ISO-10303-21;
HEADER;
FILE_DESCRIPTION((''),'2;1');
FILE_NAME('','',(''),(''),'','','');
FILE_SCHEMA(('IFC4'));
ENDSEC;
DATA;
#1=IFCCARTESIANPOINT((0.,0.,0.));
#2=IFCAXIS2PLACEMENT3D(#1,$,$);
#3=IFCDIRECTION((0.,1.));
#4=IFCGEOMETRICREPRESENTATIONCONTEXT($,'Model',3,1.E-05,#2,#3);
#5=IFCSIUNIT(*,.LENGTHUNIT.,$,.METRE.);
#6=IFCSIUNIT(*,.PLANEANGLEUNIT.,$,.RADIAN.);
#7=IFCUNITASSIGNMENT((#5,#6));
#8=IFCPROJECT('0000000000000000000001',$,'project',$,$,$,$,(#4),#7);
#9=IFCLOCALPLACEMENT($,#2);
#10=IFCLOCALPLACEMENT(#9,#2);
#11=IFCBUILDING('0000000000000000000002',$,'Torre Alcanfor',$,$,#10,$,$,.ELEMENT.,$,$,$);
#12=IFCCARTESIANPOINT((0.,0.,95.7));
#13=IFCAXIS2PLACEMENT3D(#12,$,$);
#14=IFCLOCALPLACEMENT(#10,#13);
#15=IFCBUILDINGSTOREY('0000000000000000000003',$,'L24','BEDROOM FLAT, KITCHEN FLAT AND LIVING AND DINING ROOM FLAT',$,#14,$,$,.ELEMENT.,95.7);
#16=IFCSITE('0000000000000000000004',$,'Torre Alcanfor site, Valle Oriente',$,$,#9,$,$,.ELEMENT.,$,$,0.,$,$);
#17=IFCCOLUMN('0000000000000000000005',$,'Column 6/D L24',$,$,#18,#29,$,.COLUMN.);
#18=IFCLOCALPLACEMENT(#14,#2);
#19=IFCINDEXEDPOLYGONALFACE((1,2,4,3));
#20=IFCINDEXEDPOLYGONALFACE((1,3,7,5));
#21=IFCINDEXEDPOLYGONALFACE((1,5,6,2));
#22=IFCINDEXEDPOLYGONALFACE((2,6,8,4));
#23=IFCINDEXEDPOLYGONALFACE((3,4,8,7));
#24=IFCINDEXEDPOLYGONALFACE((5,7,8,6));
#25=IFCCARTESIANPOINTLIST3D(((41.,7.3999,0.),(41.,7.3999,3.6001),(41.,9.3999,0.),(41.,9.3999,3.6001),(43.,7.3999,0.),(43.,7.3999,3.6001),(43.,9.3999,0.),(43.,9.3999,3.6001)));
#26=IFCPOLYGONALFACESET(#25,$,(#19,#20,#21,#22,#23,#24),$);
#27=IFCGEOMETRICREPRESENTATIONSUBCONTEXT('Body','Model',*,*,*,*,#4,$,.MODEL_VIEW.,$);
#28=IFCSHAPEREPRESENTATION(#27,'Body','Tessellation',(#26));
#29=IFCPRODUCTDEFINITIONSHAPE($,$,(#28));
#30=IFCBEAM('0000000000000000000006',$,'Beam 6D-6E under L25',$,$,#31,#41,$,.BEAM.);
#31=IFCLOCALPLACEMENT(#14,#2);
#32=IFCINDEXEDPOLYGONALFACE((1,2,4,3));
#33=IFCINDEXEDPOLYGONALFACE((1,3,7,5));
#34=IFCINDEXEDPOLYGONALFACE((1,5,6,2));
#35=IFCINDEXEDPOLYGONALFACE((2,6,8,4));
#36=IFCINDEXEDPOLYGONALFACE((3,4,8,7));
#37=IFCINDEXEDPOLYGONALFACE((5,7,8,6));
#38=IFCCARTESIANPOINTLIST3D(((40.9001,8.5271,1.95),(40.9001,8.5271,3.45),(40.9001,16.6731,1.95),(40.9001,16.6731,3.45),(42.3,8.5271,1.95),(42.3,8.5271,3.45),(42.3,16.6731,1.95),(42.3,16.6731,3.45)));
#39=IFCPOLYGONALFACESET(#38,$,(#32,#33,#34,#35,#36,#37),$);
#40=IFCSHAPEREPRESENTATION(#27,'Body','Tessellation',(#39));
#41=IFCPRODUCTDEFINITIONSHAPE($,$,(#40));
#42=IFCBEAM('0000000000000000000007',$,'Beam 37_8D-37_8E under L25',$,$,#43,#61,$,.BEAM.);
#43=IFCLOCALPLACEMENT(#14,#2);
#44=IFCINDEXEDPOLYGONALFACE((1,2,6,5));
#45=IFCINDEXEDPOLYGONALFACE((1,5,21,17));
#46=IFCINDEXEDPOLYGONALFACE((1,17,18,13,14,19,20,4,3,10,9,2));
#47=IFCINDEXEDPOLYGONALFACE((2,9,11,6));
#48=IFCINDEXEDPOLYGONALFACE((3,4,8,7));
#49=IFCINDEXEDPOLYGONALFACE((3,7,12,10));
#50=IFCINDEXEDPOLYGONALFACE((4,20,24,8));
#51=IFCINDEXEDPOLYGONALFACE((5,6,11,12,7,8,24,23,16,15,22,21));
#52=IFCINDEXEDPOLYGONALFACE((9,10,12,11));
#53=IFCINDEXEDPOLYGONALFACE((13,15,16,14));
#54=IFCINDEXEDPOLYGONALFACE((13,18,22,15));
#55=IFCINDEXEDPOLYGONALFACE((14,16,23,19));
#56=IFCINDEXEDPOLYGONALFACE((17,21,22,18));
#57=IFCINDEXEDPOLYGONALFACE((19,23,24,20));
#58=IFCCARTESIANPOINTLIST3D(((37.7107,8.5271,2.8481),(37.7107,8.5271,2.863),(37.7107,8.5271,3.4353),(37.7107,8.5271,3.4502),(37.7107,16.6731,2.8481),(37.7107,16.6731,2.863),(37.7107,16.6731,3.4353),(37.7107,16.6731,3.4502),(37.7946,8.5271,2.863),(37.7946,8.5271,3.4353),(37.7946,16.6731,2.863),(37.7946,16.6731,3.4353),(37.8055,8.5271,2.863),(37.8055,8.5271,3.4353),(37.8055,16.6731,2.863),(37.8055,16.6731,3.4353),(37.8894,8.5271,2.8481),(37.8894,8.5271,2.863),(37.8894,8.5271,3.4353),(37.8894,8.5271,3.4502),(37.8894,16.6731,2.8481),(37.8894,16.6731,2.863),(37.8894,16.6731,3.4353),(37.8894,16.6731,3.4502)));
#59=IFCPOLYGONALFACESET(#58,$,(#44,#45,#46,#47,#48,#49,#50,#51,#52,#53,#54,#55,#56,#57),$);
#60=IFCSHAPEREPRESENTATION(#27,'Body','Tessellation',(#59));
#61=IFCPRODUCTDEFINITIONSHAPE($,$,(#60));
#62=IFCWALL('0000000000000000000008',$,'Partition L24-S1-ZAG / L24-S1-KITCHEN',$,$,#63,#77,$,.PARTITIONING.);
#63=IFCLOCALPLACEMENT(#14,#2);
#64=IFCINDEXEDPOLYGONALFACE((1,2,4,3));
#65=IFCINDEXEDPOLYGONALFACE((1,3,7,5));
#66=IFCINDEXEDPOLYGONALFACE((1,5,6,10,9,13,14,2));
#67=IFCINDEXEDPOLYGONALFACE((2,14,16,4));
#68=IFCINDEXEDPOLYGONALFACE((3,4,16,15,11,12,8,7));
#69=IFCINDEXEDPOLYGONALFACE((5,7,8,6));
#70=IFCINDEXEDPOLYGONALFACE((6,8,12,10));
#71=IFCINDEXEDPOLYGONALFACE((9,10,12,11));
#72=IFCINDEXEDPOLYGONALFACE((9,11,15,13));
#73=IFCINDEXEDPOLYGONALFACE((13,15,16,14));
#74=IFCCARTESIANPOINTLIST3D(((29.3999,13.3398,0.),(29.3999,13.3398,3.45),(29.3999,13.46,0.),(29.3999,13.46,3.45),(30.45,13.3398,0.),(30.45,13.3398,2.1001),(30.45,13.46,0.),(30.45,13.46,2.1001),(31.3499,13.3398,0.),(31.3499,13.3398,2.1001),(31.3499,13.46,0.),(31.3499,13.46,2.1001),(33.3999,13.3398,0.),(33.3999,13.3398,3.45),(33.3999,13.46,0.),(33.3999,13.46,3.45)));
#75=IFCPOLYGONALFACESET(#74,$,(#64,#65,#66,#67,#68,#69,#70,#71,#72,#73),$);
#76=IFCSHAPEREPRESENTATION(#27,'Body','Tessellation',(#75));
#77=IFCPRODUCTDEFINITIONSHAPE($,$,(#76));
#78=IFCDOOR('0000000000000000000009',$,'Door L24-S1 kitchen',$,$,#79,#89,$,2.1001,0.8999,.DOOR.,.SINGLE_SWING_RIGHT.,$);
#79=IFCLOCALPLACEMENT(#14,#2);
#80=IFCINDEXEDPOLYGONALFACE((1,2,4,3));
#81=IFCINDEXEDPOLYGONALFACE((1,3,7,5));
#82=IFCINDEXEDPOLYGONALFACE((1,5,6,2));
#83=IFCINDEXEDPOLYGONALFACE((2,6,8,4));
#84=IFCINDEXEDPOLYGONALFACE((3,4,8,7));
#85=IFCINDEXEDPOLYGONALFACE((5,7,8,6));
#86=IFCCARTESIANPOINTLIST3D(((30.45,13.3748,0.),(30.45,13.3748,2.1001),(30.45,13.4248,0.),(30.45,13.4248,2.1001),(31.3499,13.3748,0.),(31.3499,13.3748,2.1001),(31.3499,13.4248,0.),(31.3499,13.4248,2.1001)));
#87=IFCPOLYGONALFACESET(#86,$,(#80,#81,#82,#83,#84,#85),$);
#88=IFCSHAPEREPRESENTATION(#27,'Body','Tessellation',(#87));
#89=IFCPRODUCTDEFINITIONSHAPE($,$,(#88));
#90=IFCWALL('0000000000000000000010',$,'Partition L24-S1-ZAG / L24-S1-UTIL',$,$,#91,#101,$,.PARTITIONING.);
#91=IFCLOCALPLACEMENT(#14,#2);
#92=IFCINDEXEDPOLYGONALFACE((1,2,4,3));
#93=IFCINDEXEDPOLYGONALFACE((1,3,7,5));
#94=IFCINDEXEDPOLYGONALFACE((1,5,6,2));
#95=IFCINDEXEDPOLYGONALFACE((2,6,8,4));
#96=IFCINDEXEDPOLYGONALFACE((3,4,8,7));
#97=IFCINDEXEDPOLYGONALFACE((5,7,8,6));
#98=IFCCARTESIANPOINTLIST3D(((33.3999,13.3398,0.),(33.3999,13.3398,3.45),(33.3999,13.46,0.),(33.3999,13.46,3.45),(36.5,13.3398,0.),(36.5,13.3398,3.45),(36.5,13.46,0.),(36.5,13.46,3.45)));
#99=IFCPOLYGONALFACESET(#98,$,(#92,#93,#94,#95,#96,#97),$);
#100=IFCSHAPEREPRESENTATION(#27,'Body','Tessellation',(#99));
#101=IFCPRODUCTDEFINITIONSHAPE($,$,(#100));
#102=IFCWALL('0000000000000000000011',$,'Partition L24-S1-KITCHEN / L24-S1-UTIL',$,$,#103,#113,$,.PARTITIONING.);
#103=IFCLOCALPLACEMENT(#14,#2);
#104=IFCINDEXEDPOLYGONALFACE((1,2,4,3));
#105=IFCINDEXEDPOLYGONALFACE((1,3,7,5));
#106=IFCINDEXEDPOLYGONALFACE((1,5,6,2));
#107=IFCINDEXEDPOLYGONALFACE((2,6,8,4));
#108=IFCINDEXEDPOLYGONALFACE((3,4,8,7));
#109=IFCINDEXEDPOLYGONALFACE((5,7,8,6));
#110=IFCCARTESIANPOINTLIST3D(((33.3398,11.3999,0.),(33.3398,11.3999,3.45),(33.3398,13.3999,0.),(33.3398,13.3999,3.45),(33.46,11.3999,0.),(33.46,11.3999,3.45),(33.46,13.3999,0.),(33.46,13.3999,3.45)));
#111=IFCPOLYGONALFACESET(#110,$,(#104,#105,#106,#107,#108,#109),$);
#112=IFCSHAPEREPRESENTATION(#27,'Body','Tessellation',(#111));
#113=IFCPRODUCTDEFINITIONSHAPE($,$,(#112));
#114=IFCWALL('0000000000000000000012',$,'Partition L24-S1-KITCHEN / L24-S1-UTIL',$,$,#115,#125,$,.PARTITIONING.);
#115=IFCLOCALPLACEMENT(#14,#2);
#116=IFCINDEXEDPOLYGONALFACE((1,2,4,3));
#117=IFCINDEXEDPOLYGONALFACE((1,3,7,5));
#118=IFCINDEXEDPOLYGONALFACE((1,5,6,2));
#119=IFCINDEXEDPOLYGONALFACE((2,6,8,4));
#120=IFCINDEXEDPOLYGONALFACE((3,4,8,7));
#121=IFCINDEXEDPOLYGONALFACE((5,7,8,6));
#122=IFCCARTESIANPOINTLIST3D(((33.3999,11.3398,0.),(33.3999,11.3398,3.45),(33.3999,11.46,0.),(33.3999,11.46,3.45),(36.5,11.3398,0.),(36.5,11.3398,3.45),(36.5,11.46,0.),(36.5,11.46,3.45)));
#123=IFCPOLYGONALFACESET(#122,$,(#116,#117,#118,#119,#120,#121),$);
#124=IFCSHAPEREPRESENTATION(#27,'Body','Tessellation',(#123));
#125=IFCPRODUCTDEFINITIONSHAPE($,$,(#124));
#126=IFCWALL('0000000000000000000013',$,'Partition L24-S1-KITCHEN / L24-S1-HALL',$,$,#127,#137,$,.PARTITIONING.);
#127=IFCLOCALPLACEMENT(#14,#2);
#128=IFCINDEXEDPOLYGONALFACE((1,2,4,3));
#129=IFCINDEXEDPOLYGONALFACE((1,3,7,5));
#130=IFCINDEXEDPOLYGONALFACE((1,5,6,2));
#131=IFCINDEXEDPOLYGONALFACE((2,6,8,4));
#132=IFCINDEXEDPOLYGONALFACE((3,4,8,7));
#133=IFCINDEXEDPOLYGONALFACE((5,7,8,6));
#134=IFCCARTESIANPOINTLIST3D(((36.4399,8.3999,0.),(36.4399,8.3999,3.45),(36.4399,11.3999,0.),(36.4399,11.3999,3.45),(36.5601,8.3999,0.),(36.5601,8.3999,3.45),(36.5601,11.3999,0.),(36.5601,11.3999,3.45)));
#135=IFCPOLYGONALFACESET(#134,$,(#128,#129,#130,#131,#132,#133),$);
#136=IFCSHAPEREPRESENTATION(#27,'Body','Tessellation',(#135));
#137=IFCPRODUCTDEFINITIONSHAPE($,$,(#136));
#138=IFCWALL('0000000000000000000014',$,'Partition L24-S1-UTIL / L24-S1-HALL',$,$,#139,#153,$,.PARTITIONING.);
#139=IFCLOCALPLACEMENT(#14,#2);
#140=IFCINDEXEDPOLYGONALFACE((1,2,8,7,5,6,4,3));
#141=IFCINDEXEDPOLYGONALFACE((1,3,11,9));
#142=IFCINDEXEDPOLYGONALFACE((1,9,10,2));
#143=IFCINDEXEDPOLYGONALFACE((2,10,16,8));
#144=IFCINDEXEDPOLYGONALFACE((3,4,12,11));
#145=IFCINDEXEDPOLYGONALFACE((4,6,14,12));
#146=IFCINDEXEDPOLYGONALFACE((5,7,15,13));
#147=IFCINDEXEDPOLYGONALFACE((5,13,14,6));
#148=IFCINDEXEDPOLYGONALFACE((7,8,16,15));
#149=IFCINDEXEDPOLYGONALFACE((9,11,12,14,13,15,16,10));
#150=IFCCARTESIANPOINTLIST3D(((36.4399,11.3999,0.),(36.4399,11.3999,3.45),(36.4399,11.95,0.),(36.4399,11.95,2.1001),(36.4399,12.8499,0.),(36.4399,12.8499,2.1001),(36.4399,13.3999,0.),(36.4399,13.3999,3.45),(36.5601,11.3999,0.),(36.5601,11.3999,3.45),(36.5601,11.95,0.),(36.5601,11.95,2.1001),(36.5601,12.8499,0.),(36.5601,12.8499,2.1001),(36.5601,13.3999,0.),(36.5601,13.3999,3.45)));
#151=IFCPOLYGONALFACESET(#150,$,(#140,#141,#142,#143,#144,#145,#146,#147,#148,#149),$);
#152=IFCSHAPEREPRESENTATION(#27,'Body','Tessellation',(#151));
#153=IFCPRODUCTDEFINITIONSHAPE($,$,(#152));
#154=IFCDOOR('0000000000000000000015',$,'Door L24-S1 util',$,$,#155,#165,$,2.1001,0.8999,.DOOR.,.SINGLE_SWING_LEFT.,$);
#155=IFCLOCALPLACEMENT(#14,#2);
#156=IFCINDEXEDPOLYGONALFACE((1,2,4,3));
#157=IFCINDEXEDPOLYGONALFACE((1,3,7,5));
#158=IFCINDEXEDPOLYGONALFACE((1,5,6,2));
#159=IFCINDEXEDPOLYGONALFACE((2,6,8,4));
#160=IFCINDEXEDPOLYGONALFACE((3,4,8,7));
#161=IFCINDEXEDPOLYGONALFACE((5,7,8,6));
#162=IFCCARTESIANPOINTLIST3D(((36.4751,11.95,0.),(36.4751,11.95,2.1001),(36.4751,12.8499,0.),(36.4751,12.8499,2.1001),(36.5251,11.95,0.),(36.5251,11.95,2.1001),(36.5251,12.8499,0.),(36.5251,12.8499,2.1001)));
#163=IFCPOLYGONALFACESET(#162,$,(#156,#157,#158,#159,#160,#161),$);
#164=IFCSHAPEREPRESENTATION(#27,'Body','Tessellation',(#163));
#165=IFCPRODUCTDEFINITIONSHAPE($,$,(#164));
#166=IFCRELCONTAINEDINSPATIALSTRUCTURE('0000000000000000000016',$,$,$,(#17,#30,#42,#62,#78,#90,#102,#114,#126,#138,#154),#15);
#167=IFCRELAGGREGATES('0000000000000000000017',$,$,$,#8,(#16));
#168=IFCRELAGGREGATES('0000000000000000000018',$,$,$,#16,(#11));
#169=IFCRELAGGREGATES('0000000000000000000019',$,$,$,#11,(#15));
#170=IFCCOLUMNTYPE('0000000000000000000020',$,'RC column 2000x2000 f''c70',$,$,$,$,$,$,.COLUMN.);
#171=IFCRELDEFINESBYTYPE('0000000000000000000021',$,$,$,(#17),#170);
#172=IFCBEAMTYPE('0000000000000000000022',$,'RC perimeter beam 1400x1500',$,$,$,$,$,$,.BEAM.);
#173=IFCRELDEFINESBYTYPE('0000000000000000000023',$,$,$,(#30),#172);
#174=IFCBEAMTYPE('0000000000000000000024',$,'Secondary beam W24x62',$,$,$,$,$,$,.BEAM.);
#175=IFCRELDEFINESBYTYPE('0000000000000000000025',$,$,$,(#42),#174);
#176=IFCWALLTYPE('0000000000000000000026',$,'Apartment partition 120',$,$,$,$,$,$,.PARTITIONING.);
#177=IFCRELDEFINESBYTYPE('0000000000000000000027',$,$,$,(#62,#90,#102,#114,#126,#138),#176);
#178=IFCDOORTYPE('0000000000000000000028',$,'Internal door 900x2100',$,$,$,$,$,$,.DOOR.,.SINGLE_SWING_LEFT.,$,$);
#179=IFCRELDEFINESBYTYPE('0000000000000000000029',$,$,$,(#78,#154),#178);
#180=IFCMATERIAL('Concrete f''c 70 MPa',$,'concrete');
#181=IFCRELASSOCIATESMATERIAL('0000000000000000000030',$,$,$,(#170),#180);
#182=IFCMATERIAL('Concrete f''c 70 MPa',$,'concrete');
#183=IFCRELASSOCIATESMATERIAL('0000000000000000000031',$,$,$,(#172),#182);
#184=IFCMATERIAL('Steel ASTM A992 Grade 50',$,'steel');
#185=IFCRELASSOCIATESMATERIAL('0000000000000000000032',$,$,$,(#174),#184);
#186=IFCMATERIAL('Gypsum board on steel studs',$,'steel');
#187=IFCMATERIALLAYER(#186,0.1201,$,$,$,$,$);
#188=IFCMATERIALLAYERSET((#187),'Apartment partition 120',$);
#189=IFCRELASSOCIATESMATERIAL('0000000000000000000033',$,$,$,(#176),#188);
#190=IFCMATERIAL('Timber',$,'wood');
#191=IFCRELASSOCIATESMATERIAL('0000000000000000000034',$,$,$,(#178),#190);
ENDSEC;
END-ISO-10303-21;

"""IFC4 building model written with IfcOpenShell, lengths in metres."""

from ifc_helpers import new_model, si_unit, direction, frame, frame_2d, origin, origin_2d, place, context, subcontext, project, spatial, rectangle, i_section, extrude, material, layer, layer_set, material_profile, profile_set, type_object, element, fill, save


model = new_model("IFC4")

# Units and contexts
model_context = context("Model", 3, precision=1e-05, world=origin(), true_north=direction((0.0, 1.0)))
body_context = subcontext(model_context, "Body", "Model", "MODEL_VIEW")
ifc_project = project(units=[si_unit("LENGTHUNIT", "METRE"), si_unit("PLANEANGLEUNIT", "RADIAN")], contexts=[model_context])

# Site, building, storey
site_placement = place(None, origin())
site = spatial("IfcSite", under=ifc_project, at=site_placement, Name="Torre Alcanfor site, Valle Oriente", CompositionType="ELEMENT", RefElevation=0.0)
building_placement = place(site_placement, origin())
building = spatial("IfcBuilding", under=site, at=building_placement, Name="Torre Alcanfor", CompositionType="ELEMENT")
storey_placement = place(building_placement, frame((0.0, 0.0, 95.7)))
storey = spatial("IfcBuildingStorey", under=building, at=storey_placement, Name="L24", Description="BEDROOM FLAT, KITCHEN FLAT AND LIVING AND DINING ROOM FLAT", CompositionType="ELEMENT", Elevation=95.7)

# Column
ifc_material_1 = material(Name="Concrete f'c 70 MPa", Category="concrete")
ifc_material_profile_1 = material_profile(ifc_material_1, rectangle(XDim=2.0, YDim=2.0, at=origin_2d()), Name="2000x2000")
ifc_profile_set_1 = profile_set([ifc_material_profile_1], Name="Concrete f'c 70 MPa")
column_type = type_object("IfcColumnType", Name="RC column 2000x2000 f'c70", PredefinedType="COLUMN", material=ifc_profile_set_1)
column_placement = place(storey_placement, frame((42.0, 8.3999, 0.0), z_axis=(0.0, 0.0, 1.0), x_axis=(1.0, 0.0, 0.0)))
element("IfcColumn", 1, at=column_placement, inside=storey, type_object=column_type, Name="Column 6/D L24", PredefinedType="COLUMN", context=body_context, shape_type="SweptSolid", body=[
    extrude(rectangle(XDim=2.0, YDim=2.0, at=origin_2d()), origin(), (0.0, 0.0, 1.0), 3.6001),
])

# Beams
ifc_material_2 = material(Name="Concrete f'c 70 MPa", Category="concrete")
ifc_material_profile_2 = material_profile(ifc_material_2, rectangle(XDim=1.3999, YDim=1.5, at=origin_2d()), Name="1400x1500")
ifc_profile_set_2 = profile_set([ifc_material_profile_2], Name="Concrete f'c 70 MPa")
beam_type_1 = type_object("IfcBeamType", Name="RC perimeter beam 1400x1500", PredefinedType="BEAM", material=ifc_profile_set_2)
beam_1_placement = place(storey_placement, frame((41.6001, 8.5271, 2.7), z_axis=(0.0, 1.0, 0.0), x_axis=(-1.0, 0.0, 0.0)))
element("IfcBeam", 2, at=beam_1_placement, inside=storey, type_object=beam_type_1, Name="Beam 6D-6E under L25", PredefinedType="BEAM", context=body_context, shape_type="SweptSolid", body=[
    extrude(rectangle(XDim=1.3999, YDim=1.5, at=origin_2d()), origin(), (0.0, 0.0, 1.0), 8.146),
])
ifc_material_3 = material(Name="Steel ASTM A992 Grade 50", Category="steel")
ifc_material_profile_3 = material_profile(ifc_material_3, i_section(OverallWidth=0.1787, OverallDepth=0.6021, WebThickness=0.011, FlangeThickness=0.0149, at=origin_2d()), Name="W24x62")
ifc_profile_set_3 = profile_set([ifc_material_profile_3], Name="Steel ASTM A992 Grade 50")
beam_type_2 = type_object("IfcBeamType", Name="Secondary beam W24x62", PredefinedType="BEAM", material=ifc_profile_set_3)
beam_2_placement = place(storey_placement, frame((37.8, 8.5271, 3.1492), z_axis=(0.0, 1.0, 0.0), x_axis=(-1.0, 0.0, 0.0)))
element("IfcBeam", 3, at=beam_2_placement, inside=storey, type_object=beam_type_2, Name="Beam 37_8D-37_8E under L25", PredefinedType="BEAM", context=body_context, shape_type="SweptSolid", body=[
    extrude(i_section(OverallWidth=0.1787, OverallDepth=0.6021, WebThickness=0.011, FlangeThickness=0.0149, at=origin_2d()), origin(), (0.0, 0.0, 1.0), 8.146),
])

# Wall, opening, door
ifc_material_4 = material(Name="Gypsum board on steel studs", Category="steel")
ifc_layer_1 = layer(ifc_material_4, 0.1201)
ifc_layer_set_1 = layer_set([ifc_layer_1], Name="Apartment partition 120")
wall_type_1 = type_object("IfcWallType", Name="Apartment partition 120", PredefinedType="PARTITIONING", material=ifc_layer_set_1)
wall_1_placement = place(storey_placement, frame((29.3999, 13.3999, 0.0), z_axis=(0.0, 0.0, 1.0), x_axis=(1.0, 0.0, 0.0)))
wall_1 = element("IfcWall", 4, at=wall_1_placement, inside=storey, type_object=wall_type_1, Name="Partition L24-S1-ZAG / L24-S1-KITCHEN", PredefinedType="PARTITIONING", context=body_context, shape_type="SweptSolid", body=[
    extrude(rectangle(XDim=4.0, YDim=0.1201, at=frame_2d((2.0, 0.0))), origin(), (0.0, 0.0, 1.0), 3.45),
])
opening_1_placement = place(wall_1_placement, frame((1.05, 0.0, 0.0)))
opening_1 = element("IfcOpeningElement", 5, at=opening_1_placement, cuts=wall_1, PredefinedType="OPENING", context=body_context, shape_type="SweptSolid", body=[
    extrude(rectangle(XDim=0.8999, YDim=2.1001, at=frame_2d((0.45, 1.05))), frame((0.0, 0.0701, 0.0), z_axis=(0.0, -1.0, 0.0), x_axis=(1.0, 0.0, 0.0)), (0.0, 0.0, 1.0), 0.1401),
])
ifc_material_5 = material(Name="Timber", Category="wood")
door_type_1 = type_object("IfcDoorType", Name="Internal door 900x2100", OperationType="SINGLE_SWING_LEFT", PredefinedType="DOOR", material=ifc_material_5)
door_1_placement = place(opening_1_placement, frame((0.8999, 0.0, 0.0), z_axis=(0.0, 0.0, 1.0), x_axis=(-1.0, 0.0, 0.0)))
door_1 = element("IfcDoor", 6, at=door_1_placement, inside=storey, type_object=door_type_1, Name="Door L24-S1 kitchen", OperationType="SINGLE_SWING_RIGHT", OverallHeight=2.1001, OverallWidth=0.8999, PredefinedType="DOOR", context=body_context, shape_type="SweptSolid", body=[
    extrude(rectangle(XDim=0.8999, YDim=2.1001, at=frame_2d((0.45, 1.05))), frame((0.0, 0.0251, 0.0), z_axis=(0.0, -1.0, 0.0), x_axis=(1.0, 0.0, 0.0)), (0.0, 0.0, 1.0), 0.05),
])
fill(opening_1, door_1)

# Walls
wall_2_placement = place(storey_placement, frame((33.3999, 13.3999, 0.0), z_axis=(0.0, 0.0, 1.0), x_axis=(1.0, 0.0, 0.0)))
element("IfcWall", 7, at=wall_2_placement, inside=storey, type_object=wall_type_1, Name="Partition L24-S1-ZAG / L24-S1-UTIL", PredefinedType="PARTITIONING", context=body_context, shape_type="SweptSolid", body=[
    extrude(rectangle(XDim=3.1001, YDim=0.1201, at=frame_2d((1.55, 0.0))), origin(), (0.0, 0.0, 1.0), 3.45),
])
wall_3_placement = place(storey_placement, frame((33.3999, 13.3999, 0.0), z_axis=(0.0, 0.0, 1.0), x_axis=(0.0, -1.0, 0.0)))
element("IfcWall", 8, at=wall_3_placement, inside=storey, type_object=wall_type_1, Name="Partition L24-S1-KITCHEN / L24-S1-UTIL", PredefinedType="PARTITIONING", context=body_context, shape_type="SweptSolid", body=[
    extrude(rectangle(XDim=2.0, YDim=0.1201, at=frame_2d((1.0, 0.0))), origin(), (0.0, 0.0, 1.0), 3.45),
])
wall_4_placement = place(storey_placement, frame((33.3999, 11.3999, 0.0), z_axis=(0.0, 0.0, 1.0), x_axis=(1.0, 0.0, 0.0)))
element("IfcWall", 9, at=wall_4_placement, inside=storey, type_object=wall_type_1, Name="Partition L24-S1-KITCHEN / L24-S1-UTIL", PredefinedType="PARTITIONING", context=body_context, shape_type="SweptSolid", body=[
    extrude(rectangle(XDim=3.1001, YDim=0.1201, at=frame_2d((1.55, 0.0))), origin(), (0.0, 0.0, 1.0), 3.45),
])
wall_5_placement = place(storey_placement, frame((36.5, 11.3999, 0.0), z_axis=(0.0, 0.0, 1.0), x_axis=(0.0, -1.0, 0.0)))
element("IfcWall", 10, at=wall_5_placement, inside=storey, type_object=wall_type_1, Name="Partition L24-S1-KITCHEN / L24-S1-HALL", PredefinedType="PARTITIONING", context=body_context, shape_type="SweptSolid", body=[
    extrude(rectangle(XDim=3.0, YDim=0.1201, at=frame_2d((1.5, 0.0))), origin(), (0.0, 0.0, 1.0), 3.45),
])

# Wall, opening, door
wall_6_placement = place(storey_placement, frame((36.5, 11.3999, 0.0), z_axis=(0.0, 0.0, 1.0), x_axis=(0.0, 1.0, 0.0)))
wall_6 = element("IfcWall", 11, at=wall_6_placement, inside=storey, type_object=wall_type_1, Name="Partition L24-S1-UTIL / L24-S1-HALL", PredefinedType="PARTITIONING", context=body_context, shape_type="SweptSolid", body=[
    extrude(rectangle(XDim=2.0, YDim=0.1201, at=frame_2d((1.0, 0.0))), origin(), (0.0, 0.0, 1.0), 3.45),
])
opening_2_placement = place(wall_6_placement, frame((0.55, 0.0, 0.0)))
opening_2 = element("IfcOpeningElement", 12, at=opening_2_placement, cuts=wall_6, PredefinedType="OPENING", context=body_context, shape_type="SweptSolid", body=[
    extrude(rectangle(XDim=0.8999, YDim=2.1001, at=frame_2d((0.45, 1.05))), frame((0.0, 0.0701, 0.0), z_axis=(0.0, -1.0, 0.0), x_axis=(1.0, 0.0, 0.0)), (0.0, 0.0, 1.0), 0.1401),
])
door_2_placement = place(opening_2_placement, origin())
door_2 = element("IfcDoor", 13, at=door_2_placement, inside=storey, type_object=door_type_1, Name="Door L24-S1 util", OperationType="SINGLE_SWING_LEFT", OverallHeight=2.1001, OverallWidth=0.8999, PredefinedType="DOOR", context=body_context, shape_type="SweptSolid", body=[
    extrude(rectangle(XDim=0.8999, YDim=2.1001, at=frame_2d((0.45, 1.05))), frame((0.0, 0.0249, 0.0), z_axis=(0.0, -1.0, 0.0), x_axis=(1.0, 0.0, 0.0)), (0.0, 0.0, 1.0), 0.05),
])
fill(opening_2, door_2)

save(model, "model.ifc")
